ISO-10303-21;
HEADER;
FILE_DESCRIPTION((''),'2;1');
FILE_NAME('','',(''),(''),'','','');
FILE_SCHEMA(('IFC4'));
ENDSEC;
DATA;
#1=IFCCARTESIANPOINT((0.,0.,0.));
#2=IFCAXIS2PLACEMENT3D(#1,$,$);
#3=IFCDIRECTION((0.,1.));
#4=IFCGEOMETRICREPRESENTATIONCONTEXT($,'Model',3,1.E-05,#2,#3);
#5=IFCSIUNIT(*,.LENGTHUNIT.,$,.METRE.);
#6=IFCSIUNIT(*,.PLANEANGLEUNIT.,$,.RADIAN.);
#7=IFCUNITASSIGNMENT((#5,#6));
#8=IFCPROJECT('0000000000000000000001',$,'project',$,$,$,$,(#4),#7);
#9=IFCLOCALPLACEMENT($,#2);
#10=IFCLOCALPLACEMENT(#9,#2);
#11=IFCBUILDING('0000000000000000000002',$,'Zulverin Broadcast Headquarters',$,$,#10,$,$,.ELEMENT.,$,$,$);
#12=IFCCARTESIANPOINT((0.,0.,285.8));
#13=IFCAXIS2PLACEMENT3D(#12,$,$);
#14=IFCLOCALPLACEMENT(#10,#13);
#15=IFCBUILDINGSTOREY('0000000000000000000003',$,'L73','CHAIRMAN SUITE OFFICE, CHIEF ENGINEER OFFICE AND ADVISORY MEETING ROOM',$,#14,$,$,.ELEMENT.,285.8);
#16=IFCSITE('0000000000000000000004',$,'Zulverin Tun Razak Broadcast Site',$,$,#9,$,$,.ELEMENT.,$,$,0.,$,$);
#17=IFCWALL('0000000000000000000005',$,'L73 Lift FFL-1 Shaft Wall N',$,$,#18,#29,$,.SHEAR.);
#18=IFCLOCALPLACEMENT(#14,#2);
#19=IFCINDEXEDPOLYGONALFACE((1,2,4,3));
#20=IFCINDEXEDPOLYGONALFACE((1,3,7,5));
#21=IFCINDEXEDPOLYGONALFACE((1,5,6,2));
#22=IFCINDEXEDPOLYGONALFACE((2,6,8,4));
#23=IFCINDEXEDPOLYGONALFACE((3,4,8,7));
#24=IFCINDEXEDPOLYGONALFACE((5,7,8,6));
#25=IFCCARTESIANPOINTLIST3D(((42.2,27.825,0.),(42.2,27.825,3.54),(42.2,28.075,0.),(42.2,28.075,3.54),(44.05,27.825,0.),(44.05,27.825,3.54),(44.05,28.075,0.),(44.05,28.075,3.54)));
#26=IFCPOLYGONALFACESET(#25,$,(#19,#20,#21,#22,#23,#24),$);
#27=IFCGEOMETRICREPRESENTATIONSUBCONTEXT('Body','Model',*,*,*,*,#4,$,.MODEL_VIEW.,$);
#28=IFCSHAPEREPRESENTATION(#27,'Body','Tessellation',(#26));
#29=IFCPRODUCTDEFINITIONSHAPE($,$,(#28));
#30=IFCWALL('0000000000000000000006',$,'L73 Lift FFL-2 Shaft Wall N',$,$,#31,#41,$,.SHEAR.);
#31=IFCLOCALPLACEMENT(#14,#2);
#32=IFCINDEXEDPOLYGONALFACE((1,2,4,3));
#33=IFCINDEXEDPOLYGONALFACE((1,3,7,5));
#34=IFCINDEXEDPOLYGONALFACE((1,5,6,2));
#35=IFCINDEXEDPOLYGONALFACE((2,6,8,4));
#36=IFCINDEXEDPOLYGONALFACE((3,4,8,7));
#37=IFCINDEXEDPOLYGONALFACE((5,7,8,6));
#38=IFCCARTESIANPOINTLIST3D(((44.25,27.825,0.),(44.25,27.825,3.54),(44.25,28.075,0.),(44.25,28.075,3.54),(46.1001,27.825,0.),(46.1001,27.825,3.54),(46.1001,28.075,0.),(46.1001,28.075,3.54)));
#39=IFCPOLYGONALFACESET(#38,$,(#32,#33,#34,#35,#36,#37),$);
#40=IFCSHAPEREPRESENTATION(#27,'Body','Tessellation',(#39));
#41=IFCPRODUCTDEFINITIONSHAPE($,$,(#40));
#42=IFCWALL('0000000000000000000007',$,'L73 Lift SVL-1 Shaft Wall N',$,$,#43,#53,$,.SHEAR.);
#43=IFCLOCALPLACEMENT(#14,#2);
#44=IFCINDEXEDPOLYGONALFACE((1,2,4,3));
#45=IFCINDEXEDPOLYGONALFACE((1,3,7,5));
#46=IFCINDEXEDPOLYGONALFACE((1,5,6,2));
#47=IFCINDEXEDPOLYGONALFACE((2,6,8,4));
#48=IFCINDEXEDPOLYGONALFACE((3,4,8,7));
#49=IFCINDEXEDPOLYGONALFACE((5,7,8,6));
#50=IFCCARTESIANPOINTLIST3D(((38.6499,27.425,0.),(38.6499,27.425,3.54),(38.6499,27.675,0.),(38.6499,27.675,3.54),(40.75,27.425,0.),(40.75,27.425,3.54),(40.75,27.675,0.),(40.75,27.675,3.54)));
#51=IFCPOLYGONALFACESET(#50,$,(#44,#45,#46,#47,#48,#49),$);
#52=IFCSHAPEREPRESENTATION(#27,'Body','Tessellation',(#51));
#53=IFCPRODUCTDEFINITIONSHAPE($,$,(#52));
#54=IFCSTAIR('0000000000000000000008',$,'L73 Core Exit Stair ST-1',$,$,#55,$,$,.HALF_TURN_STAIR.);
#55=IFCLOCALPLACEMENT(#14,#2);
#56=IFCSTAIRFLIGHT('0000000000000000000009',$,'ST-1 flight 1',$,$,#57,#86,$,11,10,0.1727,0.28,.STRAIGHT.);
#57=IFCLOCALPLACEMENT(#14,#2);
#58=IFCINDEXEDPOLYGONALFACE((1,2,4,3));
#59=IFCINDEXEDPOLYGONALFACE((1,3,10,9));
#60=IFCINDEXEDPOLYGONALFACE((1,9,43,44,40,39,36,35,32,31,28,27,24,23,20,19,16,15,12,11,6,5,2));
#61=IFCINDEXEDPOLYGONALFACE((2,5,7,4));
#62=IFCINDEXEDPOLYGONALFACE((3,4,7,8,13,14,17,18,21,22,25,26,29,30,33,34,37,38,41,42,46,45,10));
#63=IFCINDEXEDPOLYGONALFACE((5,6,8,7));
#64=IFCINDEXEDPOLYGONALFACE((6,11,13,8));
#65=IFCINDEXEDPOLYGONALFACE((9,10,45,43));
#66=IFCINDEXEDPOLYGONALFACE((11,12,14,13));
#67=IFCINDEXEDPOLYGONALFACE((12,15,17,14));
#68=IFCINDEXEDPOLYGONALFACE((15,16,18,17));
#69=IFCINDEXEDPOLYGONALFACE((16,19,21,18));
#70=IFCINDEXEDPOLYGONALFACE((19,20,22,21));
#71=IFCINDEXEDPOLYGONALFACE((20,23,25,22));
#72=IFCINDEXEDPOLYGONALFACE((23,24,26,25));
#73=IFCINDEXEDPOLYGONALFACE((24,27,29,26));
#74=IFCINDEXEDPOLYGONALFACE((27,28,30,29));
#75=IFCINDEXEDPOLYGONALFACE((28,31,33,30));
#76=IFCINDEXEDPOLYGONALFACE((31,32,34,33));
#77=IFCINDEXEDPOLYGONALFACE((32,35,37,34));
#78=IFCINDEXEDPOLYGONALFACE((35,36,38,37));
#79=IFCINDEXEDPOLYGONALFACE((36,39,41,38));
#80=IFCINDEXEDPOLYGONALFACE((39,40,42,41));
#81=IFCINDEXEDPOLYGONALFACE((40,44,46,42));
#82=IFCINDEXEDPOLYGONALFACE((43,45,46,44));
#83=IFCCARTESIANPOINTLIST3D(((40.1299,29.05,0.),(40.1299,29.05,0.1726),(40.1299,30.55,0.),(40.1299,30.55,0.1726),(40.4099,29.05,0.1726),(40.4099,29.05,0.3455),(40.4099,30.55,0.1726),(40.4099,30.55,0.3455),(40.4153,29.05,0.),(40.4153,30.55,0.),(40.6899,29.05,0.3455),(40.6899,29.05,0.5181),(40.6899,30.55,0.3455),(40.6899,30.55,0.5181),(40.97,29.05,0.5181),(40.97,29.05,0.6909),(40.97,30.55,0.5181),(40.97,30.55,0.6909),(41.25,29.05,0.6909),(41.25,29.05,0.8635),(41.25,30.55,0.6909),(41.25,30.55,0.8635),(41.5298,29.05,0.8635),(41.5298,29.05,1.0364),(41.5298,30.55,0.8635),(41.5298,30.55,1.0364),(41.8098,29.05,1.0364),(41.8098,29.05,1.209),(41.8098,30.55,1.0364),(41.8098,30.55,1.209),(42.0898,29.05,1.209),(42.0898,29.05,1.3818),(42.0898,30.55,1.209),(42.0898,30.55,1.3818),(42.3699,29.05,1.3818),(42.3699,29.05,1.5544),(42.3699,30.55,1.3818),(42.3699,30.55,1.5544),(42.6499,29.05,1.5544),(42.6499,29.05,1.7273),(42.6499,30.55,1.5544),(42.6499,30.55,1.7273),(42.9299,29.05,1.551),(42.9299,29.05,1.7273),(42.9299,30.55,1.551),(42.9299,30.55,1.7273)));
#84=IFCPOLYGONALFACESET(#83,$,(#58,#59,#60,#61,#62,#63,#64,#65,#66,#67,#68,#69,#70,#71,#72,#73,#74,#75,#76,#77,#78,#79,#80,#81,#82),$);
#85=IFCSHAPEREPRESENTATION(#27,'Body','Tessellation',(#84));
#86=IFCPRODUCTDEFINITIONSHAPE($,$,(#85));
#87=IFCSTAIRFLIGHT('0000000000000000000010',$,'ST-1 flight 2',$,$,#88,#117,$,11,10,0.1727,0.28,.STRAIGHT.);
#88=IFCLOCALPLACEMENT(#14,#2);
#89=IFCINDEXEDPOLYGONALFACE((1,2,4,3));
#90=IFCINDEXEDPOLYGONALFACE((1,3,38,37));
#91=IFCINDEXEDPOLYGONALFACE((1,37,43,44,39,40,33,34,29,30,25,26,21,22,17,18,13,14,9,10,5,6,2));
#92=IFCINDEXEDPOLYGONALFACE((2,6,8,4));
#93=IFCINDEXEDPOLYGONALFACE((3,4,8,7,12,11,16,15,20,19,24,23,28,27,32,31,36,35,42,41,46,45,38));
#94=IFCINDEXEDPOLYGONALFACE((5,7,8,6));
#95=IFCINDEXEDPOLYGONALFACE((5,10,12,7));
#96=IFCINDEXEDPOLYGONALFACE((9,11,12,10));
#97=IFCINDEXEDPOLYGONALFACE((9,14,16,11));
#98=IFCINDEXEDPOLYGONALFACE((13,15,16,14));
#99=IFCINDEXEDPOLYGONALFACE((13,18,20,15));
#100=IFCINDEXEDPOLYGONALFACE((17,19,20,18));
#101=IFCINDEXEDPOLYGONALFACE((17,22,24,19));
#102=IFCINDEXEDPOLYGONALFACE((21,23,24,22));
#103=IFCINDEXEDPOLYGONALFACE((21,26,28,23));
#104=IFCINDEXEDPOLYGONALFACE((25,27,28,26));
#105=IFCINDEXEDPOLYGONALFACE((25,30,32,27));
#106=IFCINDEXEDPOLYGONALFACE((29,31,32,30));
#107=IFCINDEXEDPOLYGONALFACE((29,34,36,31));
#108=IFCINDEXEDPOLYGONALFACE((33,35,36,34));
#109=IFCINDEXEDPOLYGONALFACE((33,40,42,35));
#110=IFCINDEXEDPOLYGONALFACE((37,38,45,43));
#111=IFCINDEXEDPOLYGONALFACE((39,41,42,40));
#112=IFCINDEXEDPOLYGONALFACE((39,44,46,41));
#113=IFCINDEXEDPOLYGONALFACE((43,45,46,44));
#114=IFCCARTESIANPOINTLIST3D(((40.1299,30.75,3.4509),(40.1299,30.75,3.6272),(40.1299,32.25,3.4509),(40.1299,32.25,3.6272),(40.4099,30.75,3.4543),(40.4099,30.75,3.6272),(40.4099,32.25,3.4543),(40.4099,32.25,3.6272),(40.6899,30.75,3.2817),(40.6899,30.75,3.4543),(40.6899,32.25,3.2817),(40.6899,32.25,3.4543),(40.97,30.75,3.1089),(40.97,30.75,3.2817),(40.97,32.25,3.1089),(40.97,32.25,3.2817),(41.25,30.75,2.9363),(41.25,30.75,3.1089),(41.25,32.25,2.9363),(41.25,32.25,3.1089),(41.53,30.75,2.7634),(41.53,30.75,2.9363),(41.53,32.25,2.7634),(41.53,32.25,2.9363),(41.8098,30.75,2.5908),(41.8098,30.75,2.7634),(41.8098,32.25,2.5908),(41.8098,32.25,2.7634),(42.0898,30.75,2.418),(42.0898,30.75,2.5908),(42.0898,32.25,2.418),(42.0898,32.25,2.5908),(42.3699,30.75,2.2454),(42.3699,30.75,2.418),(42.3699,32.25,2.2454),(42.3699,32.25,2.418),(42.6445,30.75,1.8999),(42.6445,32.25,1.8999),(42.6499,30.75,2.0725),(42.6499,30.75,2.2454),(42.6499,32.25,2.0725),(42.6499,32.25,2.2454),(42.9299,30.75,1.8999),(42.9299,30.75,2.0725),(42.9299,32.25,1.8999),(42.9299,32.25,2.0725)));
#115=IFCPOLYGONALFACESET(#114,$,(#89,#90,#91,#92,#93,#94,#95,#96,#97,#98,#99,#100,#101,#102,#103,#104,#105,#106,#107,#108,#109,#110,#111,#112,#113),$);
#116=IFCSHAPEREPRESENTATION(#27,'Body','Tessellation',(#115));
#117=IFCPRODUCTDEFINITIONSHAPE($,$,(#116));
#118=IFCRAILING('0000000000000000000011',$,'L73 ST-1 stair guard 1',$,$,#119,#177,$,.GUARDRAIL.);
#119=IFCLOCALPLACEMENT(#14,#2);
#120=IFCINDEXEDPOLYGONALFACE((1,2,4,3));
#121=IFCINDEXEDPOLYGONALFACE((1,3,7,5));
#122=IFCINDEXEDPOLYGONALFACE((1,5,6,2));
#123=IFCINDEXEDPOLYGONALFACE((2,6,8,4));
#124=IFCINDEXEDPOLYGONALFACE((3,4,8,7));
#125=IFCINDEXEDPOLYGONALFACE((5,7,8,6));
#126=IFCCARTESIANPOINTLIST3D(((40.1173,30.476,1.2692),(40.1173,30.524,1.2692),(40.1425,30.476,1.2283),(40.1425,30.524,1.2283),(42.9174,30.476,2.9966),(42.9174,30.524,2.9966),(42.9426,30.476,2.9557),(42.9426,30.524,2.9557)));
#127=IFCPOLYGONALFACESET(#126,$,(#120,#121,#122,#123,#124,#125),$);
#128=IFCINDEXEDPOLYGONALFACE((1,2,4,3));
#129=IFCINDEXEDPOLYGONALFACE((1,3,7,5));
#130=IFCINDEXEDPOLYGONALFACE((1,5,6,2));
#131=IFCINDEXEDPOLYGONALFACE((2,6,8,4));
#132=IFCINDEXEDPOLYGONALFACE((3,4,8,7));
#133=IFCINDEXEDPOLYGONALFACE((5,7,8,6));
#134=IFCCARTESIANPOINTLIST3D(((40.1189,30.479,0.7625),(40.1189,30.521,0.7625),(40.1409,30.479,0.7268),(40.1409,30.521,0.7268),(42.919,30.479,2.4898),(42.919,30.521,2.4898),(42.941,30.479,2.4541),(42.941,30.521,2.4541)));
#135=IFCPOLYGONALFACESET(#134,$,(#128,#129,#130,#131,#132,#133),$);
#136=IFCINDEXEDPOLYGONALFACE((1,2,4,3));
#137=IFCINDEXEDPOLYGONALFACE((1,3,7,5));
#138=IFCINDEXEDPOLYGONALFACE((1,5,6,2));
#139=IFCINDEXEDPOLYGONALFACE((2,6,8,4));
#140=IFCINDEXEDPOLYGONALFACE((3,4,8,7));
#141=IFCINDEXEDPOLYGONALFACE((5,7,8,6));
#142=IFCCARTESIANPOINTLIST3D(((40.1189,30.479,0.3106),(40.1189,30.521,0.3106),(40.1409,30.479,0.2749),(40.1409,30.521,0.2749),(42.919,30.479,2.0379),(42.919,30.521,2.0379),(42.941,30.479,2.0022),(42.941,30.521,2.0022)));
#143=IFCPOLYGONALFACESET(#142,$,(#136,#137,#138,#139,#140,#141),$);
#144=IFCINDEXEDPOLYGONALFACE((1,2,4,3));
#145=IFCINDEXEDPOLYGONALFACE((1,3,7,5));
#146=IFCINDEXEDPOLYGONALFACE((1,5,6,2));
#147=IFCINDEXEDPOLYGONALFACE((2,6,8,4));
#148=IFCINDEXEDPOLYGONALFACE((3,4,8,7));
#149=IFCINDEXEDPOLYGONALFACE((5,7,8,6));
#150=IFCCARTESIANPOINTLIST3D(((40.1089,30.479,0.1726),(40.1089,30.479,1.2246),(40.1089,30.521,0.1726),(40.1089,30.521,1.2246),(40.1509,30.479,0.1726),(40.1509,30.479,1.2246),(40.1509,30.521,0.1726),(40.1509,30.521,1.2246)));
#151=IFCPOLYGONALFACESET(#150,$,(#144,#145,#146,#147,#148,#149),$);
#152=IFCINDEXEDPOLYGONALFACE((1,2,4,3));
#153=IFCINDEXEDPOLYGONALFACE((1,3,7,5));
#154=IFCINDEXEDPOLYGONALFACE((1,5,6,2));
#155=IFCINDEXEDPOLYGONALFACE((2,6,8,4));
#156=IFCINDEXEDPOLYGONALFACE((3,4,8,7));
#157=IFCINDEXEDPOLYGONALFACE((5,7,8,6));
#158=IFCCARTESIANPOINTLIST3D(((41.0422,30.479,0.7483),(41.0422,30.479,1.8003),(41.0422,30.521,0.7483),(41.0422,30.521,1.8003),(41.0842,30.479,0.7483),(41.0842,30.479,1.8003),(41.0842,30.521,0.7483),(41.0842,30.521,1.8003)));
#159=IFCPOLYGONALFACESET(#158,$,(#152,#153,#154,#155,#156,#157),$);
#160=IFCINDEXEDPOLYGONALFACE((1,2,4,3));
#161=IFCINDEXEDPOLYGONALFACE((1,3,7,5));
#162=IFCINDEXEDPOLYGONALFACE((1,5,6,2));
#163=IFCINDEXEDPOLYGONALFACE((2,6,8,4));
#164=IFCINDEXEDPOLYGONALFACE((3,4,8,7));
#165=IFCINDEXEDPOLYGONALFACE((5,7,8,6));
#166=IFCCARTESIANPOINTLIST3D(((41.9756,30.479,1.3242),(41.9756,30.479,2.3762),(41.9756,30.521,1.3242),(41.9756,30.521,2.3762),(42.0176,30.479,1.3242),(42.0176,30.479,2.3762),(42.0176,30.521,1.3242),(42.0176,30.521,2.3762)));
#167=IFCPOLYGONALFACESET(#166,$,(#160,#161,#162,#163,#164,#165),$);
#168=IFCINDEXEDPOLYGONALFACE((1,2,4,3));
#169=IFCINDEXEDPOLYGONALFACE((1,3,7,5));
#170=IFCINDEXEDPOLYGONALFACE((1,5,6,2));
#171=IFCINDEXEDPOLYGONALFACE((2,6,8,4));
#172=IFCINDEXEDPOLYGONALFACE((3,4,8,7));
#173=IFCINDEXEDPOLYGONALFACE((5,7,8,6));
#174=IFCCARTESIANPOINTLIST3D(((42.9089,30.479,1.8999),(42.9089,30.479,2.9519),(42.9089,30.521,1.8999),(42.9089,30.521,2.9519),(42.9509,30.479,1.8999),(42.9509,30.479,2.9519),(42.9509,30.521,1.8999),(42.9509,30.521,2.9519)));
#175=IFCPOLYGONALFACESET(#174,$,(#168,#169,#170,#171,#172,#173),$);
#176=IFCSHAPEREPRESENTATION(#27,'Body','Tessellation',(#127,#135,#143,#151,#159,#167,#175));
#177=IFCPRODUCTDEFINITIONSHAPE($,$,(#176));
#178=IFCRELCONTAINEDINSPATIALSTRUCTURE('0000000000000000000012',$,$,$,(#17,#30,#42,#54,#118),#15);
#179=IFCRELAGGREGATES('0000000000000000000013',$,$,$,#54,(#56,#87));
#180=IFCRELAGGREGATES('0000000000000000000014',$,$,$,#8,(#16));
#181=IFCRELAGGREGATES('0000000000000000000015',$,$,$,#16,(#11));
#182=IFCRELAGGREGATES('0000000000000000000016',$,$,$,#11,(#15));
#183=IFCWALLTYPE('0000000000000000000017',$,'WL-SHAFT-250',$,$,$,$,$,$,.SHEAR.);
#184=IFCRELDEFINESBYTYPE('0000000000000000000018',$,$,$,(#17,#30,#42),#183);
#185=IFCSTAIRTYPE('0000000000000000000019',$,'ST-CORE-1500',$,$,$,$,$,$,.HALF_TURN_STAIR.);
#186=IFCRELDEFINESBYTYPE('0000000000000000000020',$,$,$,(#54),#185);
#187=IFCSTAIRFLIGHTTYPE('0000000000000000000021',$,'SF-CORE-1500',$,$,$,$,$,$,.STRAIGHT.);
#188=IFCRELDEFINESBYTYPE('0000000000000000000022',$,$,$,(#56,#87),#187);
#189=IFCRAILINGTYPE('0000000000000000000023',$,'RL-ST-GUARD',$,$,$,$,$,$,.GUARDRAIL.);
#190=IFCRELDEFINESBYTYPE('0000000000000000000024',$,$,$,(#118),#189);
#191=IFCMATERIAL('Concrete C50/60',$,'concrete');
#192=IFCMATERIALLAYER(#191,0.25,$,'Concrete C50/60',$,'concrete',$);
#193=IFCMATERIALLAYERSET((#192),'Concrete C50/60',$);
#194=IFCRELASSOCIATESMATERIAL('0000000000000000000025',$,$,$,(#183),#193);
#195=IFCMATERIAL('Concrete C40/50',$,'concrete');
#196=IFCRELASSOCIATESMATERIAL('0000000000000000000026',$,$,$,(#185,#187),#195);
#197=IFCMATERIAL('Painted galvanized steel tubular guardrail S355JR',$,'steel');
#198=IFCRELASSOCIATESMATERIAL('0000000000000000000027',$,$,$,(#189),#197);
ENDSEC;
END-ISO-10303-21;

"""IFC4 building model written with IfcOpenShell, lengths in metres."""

from ifc_helpers import new_model, si_unit, direction, frame, frame_2d, origin, origin_2d, place, context, subcontext, project, spatial, polyline, rectangle, outline, extrude, material, layer, layer_set, type_object, element, aggregate, save


model = new_model("IFC4")

# Units and contexts
model_context = context("Model", 3, precision=1e-05, world=origin(), true_north=direction((0.0, 1.0)))
body_context = subcontext(model_context, "Body", "Model", "MODEL_VIEW")
ifc_project = project(units=[si_unit("LENGTHUNIT", "METRE"), si_unit("PLANEANGLEUNIT", "RADIAN")], contexts=[model_context])

# Site, building, storey
site_placement = place(None, origin())
site = spatial("IfcSite", under=ifc_project, at=site_placement, Name="Zulverin Tun Razak Broadcast Site", CompositionType="ELEMENT", RefElevation=0.0)
building_placement = place(site_placement, origin())
building = spatial("IfcBuilding", under=site, at=building_placement, Name="Zulverin Broadcast Headquarters", CompositionType="ELEMENT")
storey_placement = place(building_placement, frame((0.0, 0.0, 285.8)))
storey = spatial("IfcBuildingStorey", under=building, at=storey_placement, Name="L73", Description="CHAIRMAN SUITE OFFICE, CHIEF ENGINEER OFFICE AND ADVISORY MEETING ROOM", CompositionType="ELEMENT", Elevation=285.8)

# Shared definitions
ifc_material_1 = material(Name="Concrete C50/60", Category="concrete")

# Shared definitions
ifc_layer_1 = layer(ifc_material_1, 0.25, Name="Concrete C50/60", Category="concrete")
ifc_layer_set_1 = layer_set([ifc_layer_1], Name="Concrete C50/60")
wall_type_1 = type_object("IfcWallType", Name="WL-SHAFT-250", PredefinedType="SHEAR", material=ifc_layer_set_1)

# Walls
for number, where, z_axis, x_axis, name in (
    (1, (42.2, 27.95, 0.0), (0.0, 0.0, 1.0), (1.0, 0.0, 0.0), "L73 Lift FFL-1 Shaft Wall N"),
    (2, (44.25, 27.95, 0.0), (0.0, 0.0, 1.0), (1.0, 0.0, 0.0), "L73 Lift FFL-2 Shaft Wall N"),
):
    element("IfcWall", number, at=place(storey_placement, frame(where, z_axis=z_axis, x_axis=x_axis)), inside=storey, type_object=wall_type_1, Name=name, PredefinedType="SHEAR", context=body_context, shape_type="SweptSolid", body=[
        extrude(rectangle(XDim=1.8501, YDim=0.25, at=frame_2d((0.925, 0.0))), origin(), (0.0, 0.0, 1.0), 3.54),
    ])
wall_1_placement = place(storey_placement, frame((38.6499, 27.55, 0.0), z_axis=(0.0, 0.0, 1.0), x_axis=(1.0, 0.0, 0.0)))
element("IfcWall", 3, at=wall_1_placement, inside=storey, type_object=wall_type_1, Name="L73 Lift SVL-1 Shaft Wall N", PredefinedType="SHEAR", context=body_context, shape_type="SweptSolid", body=[
    extrude(rectangle(XDim=2.1001, YDim=0.25, at=frame_2d((1.05, 0.0))), origin(), (0.0, 0.0, 1.0), 3.54),
])

# Stair, stair flights
ifc_material_2 = material(Name="Concrete C40/50", Category="concrete")
stair_type = type_object("IfcStairType", Name="ST-CORE-1500", PredefinedType="HALF_TURN_STAIR", material=ifc_material_2)
stair_placement = place(storey_placement, origin())
stair = element("IfcStair", 4, at=stair_placement, inside=storey, type_object=stair_type, Name="L73 Core Exit Stair ST-1", PredefinedType="HALF_TURN_STAIR")
stair_flight_type = type_object("IfcStairFlightType", Name="SF-CORE-1500", PredefinedType="STRAIGHT", material=ifc_material_2)
stair_flight_1_placement = place(storey_placement, frame((40.1299, 29.8, 0.0), z_axis=(0.0, 0.0, 1.0), x_axis=(1.0, 0.0, 0.0)))
stair_flight_1 = element("IfcStairFlight", 5, at=stair_flight_1_placement, type_object=stair_flight_type, Name="ST-1 flight 1", NumberOfRisers=11, NumberOfTreads=10, PredefinedType="STRAIGHT", RiserHeight=0.1727, TreadLength=0.28, context=body_context, shape_type="SweptSolid", body=[
    extrude(outline(polyline([(0.0, 0.0), (0.0, 0.1726), (0.28, 0.1726), (0.28, 0.3455), (0.5601, 0.3455), (0.5601, 0.5181), (0.8401, 0.5181), (0.8401, 0.6909), (1.1201, 0.6909), (1.1201, 0.8635), (1.3999, 0.8635), (1.3999, 1.0364), (1.6799, 1.0364), (1.6799, 1.209), (1.96, 1.209), (1.96, 1.3818), (2.24, 1.3818), (2.24, 1.5544), (2.52, 1.5544), (2.52, 1.7273), (2.8, 1.7273), (2.8, 1.8999), (2.8, 1.551), (0.2854, 0.0), (0.0, 0.0)])), frame((0.0, 0.75, 0.0), z_axis=(0.0, -1.0, 0.0), x_axis=(1.0, 0.0, 0.0)), (0.0, 0.0, 1.0), 1.5),
])
stair_flight_2_placement = place(storey_placement, frame((42.9299, 31.5, 1.8999), z_axis=(0.0, 0.0, 1.0), x_axis=(-1.0, 0.0, 0.0)))
stair_flight_2 = element("IfcStairFlight", 6, at=stair_flight_2_placement, type_object=stair_flight_type, Name="ST-1 flight 2", NumberOfRisers=11, NumberOfTreads=10, PredefinedType="STRAIGHT", RiserHeight=0.1727, TreadLength=0.28, context=body_context, shape_type="SweptSolid", body=[
    extrude(outline(polyline([(0.0, 0.0), (0.0, 0.1726), (0.28, 0.1726), (0.28, 0.3455), (0.5601, 0.3455), (0.5601, 0.5181), (0.8401, 0.5181), (0.8401, 0.6909), (1.1201, 0.6909), (1.1201, 0.8635), (1.3999, 0.8635), (1.3999, 1.0364), (1.6799, 1.0364), (1.6799, 1.209), (1.96, 1.209), (1.96, 1.3818), (2.24, 1.3818), (2.24, 1.5544), (2.52, 1.5544), (2.52, 1.7273), (2.8, 1.7273), (2.8, 1.8999), (2.8, 1.551), (0.2854, 0.0), (0.0, 0.0)])), frame((0.0, 0.75, 0.0), z_axis=(0.0, -1.0, 0.0), x_axis=(1.0, 0.0, 0.0)), (0.0, 0.0, 1.0), 1.5),
])
aggregate(stair, [stair_flight_1, stair_flight_2])

# Railing
ifc_material_3 = material(Name="Painted galvanized steel tubular guardrail S355JR", Category="steel")
railing_type_1 = type_object("IfcRailingType", Name="RL-ST-GUARD", PredefinedType="GUARDRAIL", material=ifc_material_3)
railing_1_placement = place(storey_placement, frame((40.1299, 30.5, 0.1726)))
element("IfcRailing", 7, at=railing_1_placement, inside=storey, type_object=railing_type_1, Name="L73 ST-1 stair guard 1", PredefinedType="GUARDRAIL", context=body_context, shape_type="SweptSolid", body=[
    extrude(rectangle(XDim=0.0481, YDim=0.0481, at=origin_2d()), frame((0.0, 0.0, 1.0762), z_axis=(0.85109, 0.0, 0.52502), x_axis=(0.0, 1.0, 0.0)), (0.0, 0.0, 1.0), 3.29),
    extrude(rectangle(XDim=0.042, YDim=0.042, at=origin_2d()), frame((0.0, 0.0, 0.572), z_axis=(0.85109, 0.0, 0.52502), x_axis=(0.0, 1.0, 0.0)), (0.0, 0.0, 1.0), 3.29),
    extrude(rectangle(XDim=0.042, YDim=0.042, at=origin_2d()), frame((0.0, 0.0, 0.1201), z_axis=(0.85109, 0.0, 0.52502), x_axis=(0.0, 1.0, 0.0)), (0.0, 0.0, 1.0), 3.29),
    extrude(rectangle(XDim=0.042, YDim=0.042, at=origin_2d()), origin(), (0.0, 0.0, 1.0), 1.052),
    extrude(rectangle(XDim=0.042, YDim=0.042, at=origin_2d()), frame((0.9333, 0.0, 0.5757)), (0.0, 0.0, 1.0), 1.052),
    extrude(rectangle(XDim=0.042, YDim=0.042, at=origin_2d()), frame((1.8667, 0.0, 1.1516)), (0.0, 0.0, 1.0), 1.052),
    extrude(rectangle(XDim=0.042, YDim=0.042, at=origin_2d()), frame((2.8, 0.0, 1.7273)), (0.0, 0.0, 1.0), 1.052),
])

save(model, "model.ifc")
